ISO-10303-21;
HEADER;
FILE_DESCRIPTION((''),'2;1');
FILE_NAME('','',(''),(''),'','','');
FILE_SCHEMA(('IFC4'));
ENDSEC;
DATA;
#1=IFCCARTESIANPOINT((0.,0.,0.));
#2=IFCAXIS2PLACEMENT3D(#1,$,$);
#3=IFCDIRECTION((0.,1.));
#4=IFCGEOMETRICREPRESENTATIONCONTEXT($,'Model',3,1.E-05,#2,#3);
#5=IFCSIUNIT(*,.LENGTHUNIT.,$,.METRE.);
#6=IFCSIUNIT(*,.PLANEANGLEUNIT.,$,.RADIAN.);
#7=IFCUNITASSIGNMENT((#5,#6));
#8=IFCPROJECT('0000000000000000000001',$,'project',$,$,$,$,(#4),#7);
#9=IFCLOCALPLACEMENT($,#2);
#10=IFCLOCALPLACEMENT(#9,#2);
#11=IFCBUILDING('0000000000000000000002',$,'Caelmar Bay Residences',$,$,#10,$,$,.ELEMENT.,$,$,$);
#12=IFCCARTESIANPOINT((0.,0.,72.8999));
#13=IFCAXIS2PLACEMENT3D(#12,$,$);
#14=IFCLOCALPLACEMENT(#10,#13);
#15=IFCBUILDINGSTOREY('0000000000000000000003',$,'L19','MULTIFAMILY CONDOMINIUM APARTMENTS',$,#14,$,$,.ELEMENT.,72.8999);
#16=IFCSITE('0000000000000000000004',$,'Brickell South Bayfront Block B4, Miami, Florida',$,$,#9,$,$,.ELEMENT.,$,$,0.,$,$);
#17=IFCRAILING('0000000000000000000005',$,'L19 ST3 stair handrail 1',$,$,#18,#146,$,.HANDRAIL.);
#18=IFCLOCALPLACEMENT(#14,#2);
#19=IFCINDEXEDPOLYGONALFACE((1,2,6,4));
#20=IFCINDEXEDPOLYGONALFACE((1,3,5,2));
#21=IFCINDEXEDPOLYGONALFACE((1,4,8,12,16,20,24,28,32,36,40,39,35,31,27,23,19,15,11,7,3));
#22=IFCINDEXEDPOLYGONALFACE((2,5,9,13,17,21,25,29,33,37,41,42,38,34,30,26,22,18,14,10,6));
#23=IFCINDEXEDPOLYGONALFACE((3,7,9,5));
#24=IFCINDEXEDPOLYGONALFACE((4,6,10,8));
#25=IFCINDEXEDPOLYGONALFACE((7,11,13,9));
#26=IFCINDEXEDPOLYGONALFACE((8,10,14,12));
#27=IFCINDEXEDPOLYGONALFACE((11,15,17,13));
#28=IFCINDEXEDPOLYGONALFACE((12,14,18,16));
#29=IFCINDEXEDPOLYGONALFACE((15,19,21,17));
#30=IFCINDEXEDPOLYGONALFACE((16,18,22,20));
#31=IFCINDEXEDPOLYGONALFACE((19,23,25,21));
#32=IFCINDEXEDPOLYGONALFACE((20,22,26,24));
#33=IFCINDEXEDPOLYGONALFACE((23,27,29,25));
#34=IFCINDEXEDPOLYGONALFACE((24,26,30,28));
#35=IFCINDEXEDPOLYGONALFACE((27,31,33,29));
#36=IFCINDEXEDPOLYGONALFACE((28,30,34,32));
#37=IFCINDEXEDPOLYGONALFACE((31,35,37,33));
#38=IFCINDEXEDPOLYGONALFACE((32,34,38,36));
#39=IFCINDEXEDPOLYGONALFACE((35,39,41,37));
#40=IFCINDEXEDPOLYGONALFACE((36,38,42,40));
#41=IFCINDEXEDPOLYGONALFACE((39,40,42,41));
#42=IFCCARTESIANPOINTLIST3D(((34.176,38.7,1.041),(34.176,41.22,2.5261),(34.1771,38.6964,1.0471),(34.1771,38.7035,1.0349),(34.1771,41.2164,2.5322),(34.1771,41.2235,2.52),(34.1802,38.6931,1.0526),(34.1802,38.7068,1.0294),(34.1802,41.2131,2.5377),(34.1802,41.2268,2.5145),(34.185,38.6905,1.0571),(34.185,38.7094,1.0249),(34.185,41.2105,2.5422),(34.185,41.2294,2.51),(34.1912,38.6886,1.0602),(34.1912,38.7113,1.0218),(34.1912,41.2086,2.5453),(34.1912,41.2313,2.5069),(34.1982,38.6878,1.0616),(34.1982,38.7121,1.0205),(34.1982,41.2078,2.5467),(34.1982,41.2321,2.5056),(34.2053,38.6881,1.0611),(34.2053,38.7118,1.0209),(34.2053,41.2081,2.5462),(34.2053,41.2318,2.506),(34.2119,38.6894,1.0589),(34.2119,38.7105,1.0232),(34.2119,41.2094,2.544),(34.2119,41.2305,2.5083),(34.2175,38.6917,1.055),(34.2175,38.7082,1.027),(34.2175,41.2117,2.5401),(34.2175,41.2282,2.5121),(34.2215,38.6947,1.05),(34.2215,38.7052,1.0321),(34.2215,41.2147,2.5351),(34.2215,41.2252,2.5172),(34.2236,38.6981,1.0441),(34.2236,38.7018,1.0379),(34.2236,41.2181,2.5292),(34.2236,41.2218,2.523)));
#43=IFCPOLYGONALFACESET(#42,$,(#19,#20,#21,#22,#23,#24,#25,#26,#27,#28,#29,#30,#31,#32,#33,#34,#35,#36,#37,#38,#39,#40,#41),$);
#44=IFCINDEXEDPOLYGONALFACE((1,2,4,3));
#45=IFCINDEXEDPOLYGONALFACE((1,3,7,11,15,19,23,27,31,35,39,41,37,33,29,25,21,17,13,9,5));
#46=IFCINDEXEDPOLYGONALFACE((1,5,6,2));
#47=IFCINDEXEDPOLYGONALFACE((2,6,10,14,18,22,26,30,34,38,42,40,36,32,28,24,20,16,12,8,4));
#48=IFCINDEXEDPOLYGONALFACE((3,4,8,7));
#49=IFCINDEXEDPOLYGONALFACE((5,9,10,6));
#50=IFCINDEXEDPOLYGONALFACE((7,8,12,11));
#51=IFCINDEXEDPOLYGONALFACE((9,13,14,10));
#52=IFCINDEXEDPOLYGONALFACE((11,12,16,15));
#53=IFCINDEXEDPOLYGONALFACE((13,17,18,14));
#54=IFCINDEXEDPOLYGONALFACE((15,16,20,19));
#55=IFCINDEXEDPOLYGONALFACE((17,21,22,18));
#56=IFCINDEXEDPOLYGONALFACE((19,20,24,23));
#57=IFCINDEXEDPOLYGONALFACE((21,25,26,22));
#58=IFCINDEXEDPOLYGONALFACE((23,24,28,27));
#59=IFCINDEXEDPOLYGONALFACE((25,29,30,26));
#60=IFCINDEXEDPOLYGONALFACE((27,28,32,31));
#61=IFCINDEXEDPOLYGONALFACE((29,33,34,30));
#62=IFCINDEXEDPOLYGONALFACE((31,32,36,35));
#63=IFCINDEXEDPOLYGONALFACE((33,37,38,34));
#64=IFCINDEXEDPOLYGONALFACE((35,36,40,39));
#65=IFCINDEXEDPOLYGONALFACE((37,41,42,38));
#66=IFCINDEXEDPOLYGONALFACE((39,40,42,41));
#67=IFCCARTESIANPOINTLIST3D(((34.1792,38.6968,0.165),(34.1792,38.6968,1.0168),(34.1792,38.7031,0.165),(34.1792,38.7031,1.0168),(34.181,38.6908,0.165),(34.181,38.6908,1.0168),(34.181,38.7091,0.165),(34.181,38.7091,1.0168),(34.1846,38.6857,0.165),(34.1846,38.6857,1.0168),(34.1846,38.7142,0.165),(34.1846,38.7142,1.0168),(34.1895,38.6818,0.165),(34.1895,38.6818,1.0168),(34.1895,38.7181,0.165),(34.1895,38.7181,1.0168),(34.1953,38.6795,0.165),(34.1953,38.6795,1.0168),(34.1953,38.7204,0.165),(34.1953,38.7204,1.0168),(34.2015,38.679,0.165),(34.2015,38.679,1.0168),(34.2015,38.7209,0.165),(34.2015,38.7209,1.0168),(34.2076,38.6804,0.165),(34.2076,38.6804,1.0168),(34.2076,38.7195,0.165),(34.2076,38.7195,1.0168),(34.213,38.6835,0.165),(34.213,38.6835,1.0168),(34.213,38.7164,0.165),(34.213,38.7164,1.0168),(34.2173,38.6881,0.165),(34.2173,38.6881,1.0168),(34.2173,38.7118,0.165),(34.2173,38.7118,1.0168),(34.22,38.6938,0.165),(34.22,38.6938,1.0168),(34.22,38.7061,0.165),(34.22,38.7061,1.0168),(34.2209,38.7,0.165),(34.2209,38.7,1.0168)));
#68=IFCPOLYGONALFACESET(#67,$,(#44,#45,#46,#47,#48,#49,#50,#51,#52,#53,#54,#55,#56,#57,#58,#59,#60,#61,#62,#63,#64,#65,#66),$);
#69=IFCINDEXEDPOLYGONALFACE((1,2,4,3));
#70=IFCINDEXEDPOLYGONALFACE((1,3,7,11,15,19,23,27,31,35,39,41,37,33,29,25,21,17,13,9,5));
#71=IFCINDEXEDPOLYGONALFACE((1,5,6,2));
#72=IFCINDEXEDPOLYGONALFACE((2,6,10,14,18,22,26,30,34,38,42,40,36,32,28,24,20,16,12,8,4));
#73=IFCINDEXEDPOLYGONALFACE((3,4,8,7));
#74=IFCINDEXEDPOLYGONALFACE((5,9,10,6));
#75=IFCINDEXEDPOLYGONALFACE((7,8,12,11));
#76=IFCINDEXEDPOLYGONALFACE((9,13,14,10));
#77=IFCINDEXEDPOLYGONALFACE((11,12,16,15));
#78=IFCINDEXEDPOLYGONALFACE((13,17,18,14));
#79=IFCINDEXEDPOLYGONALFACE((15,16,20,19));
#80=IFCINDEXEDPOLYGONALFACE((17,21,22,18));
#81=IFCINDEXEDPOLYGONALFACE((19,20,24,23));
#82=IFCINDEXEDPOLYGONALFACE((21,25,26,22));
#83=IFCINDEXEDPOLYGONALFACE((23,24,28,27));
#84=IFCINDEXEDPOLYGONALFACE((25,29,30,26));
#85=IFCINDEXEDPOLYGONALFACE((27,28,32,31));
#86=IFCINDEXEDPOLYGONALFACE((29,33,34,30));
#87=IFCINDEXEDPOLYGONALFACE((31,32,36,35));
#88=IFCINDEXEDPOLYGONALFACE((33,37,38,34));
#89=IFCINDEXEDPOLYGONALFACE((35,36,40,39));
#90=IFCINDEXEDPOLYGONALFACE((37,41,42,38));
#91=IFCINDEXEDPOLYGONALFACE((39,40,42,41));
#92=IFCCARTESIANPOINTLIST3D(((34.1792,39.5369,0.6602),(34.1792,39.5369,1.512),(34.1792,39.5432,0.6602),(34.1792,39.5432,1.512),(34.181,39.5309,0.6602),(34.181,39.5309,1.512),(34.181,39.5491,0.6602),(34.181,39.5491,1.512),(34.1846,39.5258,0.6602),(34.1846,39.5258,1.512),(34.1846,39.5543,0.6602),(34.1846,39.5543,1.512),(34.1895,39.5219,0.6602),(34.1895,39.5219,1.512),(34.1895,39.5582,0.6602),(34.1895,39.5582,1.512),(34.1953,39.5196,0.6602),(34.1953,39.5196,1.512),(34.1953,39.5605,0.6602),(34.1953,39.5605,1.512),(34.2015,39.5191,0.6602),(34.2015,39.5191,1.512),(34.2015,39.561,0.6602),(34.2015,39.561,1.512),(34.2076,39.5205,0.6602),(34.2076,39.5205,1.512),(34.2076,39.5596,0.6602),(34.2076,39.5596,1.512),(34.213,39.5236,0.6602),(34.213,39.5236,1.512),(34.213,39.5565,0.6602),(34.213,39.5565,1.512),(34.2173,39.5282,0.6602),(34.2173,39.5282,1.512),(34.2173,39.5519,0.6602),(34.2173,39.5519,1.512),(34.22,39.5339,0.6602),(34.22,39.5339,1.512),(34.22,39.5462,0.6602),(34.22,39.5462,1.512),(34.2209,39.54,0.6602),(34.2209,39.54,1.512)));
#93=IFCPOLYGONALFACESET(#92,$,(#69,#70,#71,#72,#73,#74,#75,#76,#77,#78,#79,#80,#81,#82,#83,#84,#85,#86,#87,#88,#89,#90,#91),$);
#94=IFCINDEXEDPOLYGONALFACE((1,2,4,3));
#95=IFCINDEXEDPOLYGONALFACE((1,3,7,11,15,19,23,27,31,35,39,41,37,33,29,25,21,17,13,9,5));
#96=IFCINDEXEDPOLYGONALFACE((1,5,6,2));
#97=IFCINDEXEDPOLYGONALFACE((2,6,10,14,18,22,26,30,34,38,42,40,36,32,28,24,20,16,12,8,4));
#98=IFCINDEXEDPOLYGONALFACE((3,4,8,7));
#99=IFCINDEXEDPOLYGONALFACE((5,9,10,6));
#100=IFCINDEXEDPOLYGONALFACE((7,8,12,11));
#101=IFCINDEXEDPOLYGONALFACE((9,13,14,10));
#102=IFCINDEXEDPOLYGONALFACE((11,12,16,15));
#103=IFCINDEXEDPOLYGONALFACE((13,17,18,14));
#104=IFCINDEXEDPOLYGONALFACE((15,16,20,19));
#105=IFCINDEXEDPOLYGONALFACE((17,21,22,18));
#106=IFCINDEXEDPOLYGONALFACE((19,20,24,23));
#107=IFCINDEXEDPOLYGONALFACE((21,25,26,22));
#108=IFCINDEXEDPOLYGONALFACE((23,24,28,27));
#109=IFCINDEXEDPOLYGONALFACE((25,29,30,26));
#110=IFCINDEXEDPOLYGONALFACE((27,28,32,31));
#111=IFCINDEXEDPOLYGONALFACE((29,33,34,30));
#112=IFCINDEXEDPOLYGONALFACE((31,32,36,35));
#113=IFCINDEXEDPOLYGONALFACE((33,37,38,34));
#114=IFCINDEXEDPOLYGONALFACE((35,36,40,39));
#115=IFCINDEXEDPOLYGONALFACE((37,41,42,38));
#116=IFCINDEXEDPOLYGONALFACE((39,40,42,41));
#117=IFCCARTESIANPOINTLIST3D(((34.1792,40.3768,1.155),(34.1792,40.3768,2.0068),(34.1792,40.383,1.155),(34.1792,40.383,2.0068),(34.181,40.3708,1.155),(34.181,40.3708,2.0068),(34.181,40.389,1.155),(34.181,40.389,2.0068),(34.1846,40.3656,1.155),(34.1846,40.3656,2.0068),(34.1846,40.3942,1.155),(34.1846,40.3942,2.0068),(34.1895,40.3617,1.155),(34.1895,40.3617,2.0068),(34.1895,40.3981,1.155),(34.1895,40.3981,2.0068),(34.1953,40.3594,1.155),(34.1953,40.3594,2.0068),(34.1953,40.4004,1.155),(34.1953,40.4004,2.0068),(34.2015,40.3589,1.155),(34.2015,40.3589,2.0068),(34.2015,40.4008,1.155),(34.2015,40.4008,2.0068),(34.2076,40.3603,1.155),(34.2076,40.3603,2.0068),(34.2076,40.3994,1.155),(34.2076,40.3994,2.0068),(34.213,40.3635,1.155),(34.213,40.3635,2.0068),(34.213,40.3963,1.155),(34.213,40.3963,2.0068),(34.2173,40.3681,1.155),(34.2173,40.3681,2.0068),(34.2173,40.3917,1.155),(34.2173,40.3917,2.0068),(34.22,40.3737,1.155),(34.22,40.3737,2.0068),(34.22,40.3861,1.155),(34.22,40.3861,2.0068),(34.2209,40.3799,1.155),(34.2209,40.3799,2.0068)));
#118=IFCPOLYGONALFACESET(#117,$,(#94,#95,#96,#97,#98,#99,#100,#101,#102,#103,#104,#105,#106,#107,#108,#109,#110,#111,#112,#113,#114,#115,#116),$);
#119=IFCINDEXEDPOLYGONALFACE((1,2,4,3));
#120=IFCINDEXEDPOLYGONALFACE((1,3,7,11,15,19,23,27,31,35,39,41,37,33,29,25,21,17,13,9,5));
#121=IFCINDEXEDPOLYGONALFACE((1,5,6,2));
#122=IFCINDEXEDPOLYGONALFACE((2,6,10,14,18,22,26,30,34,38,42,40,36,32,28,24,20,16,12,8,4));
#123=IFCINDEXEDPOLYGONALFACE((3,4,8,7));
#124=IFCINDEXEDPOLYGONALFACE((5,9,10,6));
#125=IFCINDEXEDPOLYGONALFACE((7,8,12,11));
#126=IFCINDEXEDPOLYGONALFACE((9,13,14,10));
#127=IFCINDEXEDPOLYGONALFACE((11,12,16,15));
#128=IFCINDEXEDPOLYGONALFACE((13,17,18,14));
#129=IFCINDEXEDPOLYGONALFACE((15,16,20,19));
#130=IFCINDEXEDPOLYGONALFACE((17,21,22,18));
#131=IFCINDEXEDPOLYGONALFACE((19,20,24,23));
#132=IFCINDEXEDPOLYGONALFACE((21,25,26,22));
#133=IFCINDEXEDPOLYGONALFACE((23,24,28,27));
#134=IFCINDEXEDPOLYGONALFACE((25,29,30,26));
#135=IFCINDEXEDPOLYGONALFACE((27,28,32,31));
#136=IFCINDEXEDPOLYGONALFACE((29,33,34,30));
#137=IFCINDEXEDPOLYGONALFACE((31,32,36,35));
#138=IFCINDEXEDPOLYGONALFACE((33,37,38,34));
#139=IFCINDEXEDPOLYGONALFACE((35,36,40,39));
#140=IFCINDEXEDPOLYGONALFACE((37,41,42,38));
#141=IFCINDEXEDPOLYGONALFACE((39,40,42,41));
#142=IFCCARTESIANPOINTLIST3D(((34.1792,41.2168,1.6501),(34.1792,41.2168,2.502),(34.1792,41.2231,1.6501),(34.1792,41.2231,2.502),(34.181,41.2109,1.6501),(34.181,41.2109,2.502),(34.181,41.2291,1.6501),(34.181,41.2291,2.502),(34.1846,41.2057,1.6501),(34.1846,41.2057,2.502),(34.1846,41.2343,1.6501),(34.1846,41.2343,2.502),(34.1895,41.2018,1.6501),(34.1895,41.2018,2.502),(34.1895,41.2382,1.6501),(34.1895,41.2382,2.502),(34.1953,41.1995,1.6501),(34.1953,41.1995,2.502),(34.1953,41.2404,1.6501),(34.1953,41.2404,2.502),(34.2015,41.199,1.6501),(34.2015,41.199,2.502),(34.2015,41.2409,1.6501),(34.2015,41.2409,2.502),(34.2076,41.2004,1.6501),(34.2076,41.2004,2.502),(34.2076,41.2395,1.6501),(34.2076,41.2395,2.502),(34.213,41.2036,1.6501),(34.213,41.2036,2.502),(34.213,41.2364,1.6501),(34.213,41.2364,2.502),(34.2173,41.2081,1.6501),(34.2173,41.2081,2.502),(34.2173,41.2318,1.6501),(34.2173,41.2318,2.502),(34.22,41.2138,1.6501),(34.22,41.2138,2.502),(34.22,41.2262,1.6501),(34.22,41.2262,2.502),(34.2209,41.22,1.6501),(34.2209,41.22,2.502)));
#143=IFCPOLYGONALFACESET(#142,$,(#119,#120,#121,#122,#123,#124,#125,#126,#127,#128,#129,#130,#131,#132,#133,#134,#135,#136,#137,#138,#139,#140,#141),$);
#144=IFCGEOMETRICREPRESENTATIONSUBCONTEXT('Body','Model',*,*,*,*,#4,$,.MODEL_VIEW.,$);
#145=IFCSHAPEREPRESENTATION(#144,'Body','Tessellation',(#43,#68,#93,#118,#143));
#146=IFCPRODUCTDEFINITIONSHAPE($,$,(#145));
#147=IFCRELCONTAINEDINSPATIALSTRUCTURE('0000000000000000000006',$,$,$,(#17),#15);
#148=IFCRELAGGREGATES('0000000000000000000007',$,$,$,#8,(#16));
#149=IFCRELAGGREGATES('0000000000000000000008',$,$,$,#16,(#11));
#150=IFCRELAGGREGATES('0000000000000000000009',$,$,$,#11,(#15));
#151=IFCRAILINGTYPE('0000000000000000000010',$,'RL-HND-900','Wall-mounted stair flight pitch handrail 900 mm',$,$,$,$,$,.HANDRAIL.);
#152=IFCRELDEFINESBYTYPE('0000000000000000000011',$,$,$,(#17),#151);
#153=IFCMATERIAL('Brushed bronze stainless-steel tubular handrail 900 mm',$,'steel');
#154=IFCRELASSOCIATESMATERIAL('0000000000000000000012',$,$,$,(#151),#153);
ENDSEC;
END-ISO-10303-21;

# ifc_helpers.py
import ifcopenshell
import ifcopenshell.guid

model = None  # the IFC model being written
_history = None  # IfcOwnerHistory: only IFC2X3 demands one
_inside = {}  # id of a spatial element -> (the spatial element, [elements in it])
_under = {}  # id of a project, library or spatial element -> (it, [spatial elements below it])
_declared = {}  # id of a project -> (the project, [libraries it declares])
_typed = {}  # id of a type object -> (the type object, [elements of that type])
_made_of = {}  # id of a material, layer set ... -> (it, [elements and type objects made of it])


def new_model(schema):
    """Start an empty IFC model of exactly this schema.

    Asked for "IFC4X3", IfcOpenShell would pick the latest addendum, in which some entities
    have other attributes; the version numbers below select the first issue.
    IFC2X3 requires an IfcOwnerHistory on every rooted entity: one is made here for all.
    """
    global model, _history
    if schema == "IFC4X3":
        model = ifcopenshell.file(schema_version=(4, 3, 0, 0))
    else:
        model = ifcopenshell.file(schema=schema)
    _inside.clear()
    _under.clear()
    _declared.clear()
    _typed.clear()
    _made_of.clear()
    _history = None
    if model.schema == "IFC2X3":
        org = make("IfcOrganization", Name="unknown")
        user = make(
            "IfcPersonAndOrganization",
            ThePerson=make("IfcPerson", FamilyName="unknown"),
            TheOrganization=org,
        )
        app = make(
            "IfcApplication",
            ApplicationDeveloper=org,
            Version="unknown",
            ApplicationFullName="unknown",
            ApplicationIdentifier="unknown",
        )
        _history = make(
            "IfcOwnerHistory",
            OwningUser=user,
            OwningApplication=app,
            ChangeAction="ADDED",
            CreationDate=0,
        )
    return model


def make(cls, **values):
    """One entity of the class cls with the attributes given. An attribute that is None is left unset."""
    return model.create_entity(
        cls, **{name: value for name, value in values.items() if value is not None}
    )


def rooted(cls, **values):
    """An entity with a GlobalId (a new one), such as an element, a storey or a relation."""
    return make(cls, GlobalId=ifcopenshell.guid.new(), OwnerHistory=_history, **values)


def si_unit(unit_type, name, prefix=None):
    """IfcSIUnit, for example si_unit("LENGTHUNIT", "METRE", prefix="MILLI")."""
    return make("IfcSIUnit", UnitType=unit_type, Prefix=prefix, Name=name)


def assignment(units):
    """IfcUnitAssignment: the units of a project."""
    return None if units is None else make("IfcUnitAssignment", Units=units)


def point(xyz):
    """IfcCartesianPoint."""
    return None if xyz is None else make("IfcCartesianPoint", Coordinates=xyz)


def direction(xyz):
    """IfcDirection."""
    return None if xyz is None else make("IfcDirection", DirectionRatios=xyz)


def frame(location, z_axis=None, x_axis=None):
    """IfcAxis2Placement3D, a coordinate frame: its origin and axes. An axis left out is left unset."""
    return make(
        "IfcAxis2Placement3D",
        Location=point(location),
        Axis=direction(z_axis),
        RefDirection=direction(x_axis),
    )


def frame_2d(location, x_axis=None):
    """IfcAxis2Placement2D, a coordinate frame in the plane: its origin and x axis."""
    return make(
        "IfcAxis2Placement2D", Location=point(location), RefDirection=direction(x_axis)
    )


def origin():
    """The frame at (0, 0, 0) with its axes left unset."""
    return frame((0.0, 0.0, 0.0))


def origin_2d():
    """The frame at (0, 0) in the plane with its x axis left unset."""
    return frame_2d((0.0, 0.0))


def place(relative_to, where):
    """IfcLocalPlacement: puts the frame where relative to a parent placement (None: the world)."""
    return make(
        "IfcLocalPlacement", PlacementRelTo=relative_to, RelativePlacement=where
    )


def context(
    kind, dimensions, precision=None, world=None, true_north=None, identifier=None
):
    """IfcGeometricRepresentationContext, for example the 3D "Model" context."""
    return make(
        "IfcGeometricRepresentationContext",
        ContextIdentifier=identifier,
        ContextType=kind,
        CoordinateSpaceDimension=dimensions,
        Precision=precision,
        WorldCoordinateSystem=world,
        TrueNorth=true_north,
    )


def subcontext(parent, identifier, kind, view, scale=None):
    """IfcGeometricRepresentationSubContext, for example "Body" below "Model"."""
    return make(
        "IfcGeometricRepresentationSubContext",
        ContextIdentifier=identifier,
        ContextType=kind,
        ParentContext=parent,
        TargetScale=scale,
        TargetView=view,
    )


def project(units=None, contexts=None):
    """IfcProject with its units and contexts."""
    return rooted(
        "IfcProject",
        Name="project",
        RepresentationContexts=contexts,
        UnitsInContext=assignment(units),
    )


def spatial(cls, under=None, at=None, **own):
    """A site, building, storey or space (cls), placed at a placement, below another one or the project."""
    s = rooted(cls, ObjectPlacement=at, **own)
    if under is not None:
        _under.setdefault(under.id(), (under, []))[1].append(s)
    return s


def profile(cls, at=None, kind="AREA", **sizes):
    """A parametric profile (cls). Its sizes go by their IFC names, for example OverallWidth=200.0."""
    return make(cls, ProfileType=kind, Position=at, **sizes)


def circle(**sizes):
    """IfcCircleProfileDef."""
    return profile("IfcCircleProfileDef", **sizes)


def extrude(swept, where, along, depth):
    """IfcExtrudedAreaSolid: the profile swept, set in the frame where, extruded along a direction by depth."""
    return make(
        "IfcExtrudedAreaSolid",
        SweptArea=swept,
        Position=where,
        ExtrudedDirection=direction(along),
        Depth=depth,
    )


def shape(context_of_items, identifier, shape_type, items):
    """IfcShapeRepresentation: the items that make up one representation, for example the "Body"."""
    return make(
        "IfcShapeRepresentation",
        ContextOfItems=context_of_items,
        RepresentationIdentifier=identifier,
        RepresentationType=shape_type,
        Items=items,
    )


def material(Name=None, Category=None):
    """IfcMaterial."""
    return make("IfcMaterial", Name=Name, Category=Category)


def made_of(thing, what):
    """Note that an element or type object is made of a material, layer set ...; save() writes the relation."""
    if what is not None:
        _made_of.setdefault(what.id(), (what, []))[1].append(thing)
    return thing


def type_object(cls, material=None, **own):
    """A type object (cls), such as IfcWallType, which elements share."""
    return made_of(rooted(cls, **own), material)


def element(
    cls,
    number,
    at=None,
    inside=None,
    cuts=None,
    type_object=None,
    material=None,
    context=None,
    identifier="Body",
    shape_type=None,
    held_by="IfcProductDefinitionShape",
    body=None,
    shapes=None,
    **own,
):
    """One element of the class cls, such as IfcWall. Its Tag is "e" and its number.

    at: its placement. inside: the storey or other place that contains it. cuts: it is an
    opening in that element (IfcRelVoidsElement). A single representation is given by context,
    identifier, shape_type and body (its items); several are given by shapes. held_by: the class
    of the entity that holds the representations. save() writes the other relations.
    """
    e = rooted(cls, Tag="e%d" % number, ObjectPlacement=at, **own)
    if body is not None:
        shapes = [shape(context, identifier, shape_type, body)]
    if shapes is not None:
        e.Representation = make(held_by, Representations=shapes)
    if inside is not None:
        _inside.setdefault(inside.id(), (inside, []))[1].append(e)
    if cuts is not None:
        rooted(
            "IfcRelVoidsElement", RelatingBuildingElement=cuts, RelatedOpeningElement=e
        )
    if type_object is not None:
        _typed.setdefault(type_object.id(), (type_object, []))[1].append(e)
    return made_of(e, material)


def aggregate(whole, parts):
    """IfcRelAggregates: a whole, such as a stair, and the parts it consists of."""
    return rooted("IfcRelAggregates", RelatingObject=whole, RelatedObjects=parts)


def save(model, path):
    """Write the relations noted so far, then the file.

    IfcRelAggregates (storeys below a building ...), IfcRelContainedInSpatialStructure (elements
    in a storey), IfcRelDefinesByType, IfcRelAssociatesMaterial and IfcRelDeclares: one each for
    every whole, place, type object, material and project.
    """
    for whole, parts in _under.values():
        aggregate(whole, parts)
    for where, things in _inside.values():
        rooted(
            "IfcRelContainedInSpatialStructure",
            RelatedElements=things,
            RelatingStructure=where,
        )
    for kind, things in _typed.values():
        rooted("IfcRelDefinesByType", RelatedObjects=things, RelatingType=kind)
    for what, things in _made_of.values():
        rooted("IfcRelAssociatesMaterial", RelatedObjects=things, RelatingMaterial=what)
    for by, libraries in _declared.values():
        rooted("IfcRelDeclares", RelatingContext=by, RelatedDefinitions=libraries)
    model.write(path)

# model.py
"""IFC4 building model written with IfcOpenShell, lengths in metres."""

from ifc_helpers import new_model, si_unit, direction, frame, origin, origin_2d, place, context, subcontext, project, spatial, circle, extrude, material, type_object, element, save


model = new_model("IFC4")

# Units and contexts
model_context = context("Model", 3, precision=1e-05, world=origin(), true_north=direction((0.0, 1.0)))
body_context = subcontext(model_context, "Body", "Model", "MODEL_VIEW")
ifc_project = project(units=[si_unit("LENGTHUNIT", "METRE"), si_unit("PLANEANGLEUNIT", "RADIAN")], contexts=[model_context])

# Site, building, storey
site_placement = place(None, origin())
site = spatial("IfcSite", under=ifc_project, at=site_placement, Name="Brickell South Bayfront Block B4, Miami, Florida", CompositionType="ELEMENT", RefElevation=0.0)
building_placement = place(site_placement, origin())
building = spatial("IfcBuilding", under=site, at=building_placement, Name="Caelmar Bay Residences", CompositionType="ELEMENT")
storey_placement = place(building_placement, frame((0.0, 0.0, 72.8999)))
storey = spatial("IfcBuildingStorey", under=building, at=storey_placement, Name="L19", Description="MULTIFAMILY CONDOMINIUM APARTMENTS", CompositionType="ELEMENT", Elevation=72.8999)

# Railing
ifc_material_1 = material(Name="Brushed bronze stainless-steel tubular handrail 900 mm", Category="steel")
railing_type_1 = type_object("IfcRailingType", Name="RL-HND-900", Description="Wall-mounted stair flight pitch handrail 900 mm", PredefinedType="HANDRAIL", material=ifc_material_1)
railing_1_placement = place(storey_placement, frame((34.2, 38.7, 0.165)))
element("IfcRailing", 1, at=railing_1_placement, inside=storey, type_object=railing_type_1, Name="L19 ST3 stair handrail 1", PredefinedType="HANDRAIL", context=body_context, shape_type="SweptSolid", body=[
    extrude(circle(Radius=0.0239, at=origin_2d()), frame((0.0, 0.0, 0.876), z_axis=(0.0, 0.861524, 0.507717), x_axis=(-1.0, 0.0, 0.0)), (0.0, 0.0, 1.0), 2.925),
    extrude(circle(Radius=0.021, at=origin_2d()), origin(), (0.0, 0.0, 1.0), 0.8518),
    extrude(circle(Radius=0.021, at=origin_2d()), frame((0.0, 0.8401, 0.4951)), (0.0, 0.0, 1.0), 0.8518),
    extrude(circle(Radius=0.021, at=origin_2d()), frame((0.0, 1.6799, 0.99)), (0.0, 0.0, 1.0), 0.8518),
    extrude(circle(Radius=0.021, at=origin_2d()), frame((0.0, 2.52, 1.4851)), (0.0, 0.0, 1.0), 0.8518),
])

save(model, "model.ifc")
